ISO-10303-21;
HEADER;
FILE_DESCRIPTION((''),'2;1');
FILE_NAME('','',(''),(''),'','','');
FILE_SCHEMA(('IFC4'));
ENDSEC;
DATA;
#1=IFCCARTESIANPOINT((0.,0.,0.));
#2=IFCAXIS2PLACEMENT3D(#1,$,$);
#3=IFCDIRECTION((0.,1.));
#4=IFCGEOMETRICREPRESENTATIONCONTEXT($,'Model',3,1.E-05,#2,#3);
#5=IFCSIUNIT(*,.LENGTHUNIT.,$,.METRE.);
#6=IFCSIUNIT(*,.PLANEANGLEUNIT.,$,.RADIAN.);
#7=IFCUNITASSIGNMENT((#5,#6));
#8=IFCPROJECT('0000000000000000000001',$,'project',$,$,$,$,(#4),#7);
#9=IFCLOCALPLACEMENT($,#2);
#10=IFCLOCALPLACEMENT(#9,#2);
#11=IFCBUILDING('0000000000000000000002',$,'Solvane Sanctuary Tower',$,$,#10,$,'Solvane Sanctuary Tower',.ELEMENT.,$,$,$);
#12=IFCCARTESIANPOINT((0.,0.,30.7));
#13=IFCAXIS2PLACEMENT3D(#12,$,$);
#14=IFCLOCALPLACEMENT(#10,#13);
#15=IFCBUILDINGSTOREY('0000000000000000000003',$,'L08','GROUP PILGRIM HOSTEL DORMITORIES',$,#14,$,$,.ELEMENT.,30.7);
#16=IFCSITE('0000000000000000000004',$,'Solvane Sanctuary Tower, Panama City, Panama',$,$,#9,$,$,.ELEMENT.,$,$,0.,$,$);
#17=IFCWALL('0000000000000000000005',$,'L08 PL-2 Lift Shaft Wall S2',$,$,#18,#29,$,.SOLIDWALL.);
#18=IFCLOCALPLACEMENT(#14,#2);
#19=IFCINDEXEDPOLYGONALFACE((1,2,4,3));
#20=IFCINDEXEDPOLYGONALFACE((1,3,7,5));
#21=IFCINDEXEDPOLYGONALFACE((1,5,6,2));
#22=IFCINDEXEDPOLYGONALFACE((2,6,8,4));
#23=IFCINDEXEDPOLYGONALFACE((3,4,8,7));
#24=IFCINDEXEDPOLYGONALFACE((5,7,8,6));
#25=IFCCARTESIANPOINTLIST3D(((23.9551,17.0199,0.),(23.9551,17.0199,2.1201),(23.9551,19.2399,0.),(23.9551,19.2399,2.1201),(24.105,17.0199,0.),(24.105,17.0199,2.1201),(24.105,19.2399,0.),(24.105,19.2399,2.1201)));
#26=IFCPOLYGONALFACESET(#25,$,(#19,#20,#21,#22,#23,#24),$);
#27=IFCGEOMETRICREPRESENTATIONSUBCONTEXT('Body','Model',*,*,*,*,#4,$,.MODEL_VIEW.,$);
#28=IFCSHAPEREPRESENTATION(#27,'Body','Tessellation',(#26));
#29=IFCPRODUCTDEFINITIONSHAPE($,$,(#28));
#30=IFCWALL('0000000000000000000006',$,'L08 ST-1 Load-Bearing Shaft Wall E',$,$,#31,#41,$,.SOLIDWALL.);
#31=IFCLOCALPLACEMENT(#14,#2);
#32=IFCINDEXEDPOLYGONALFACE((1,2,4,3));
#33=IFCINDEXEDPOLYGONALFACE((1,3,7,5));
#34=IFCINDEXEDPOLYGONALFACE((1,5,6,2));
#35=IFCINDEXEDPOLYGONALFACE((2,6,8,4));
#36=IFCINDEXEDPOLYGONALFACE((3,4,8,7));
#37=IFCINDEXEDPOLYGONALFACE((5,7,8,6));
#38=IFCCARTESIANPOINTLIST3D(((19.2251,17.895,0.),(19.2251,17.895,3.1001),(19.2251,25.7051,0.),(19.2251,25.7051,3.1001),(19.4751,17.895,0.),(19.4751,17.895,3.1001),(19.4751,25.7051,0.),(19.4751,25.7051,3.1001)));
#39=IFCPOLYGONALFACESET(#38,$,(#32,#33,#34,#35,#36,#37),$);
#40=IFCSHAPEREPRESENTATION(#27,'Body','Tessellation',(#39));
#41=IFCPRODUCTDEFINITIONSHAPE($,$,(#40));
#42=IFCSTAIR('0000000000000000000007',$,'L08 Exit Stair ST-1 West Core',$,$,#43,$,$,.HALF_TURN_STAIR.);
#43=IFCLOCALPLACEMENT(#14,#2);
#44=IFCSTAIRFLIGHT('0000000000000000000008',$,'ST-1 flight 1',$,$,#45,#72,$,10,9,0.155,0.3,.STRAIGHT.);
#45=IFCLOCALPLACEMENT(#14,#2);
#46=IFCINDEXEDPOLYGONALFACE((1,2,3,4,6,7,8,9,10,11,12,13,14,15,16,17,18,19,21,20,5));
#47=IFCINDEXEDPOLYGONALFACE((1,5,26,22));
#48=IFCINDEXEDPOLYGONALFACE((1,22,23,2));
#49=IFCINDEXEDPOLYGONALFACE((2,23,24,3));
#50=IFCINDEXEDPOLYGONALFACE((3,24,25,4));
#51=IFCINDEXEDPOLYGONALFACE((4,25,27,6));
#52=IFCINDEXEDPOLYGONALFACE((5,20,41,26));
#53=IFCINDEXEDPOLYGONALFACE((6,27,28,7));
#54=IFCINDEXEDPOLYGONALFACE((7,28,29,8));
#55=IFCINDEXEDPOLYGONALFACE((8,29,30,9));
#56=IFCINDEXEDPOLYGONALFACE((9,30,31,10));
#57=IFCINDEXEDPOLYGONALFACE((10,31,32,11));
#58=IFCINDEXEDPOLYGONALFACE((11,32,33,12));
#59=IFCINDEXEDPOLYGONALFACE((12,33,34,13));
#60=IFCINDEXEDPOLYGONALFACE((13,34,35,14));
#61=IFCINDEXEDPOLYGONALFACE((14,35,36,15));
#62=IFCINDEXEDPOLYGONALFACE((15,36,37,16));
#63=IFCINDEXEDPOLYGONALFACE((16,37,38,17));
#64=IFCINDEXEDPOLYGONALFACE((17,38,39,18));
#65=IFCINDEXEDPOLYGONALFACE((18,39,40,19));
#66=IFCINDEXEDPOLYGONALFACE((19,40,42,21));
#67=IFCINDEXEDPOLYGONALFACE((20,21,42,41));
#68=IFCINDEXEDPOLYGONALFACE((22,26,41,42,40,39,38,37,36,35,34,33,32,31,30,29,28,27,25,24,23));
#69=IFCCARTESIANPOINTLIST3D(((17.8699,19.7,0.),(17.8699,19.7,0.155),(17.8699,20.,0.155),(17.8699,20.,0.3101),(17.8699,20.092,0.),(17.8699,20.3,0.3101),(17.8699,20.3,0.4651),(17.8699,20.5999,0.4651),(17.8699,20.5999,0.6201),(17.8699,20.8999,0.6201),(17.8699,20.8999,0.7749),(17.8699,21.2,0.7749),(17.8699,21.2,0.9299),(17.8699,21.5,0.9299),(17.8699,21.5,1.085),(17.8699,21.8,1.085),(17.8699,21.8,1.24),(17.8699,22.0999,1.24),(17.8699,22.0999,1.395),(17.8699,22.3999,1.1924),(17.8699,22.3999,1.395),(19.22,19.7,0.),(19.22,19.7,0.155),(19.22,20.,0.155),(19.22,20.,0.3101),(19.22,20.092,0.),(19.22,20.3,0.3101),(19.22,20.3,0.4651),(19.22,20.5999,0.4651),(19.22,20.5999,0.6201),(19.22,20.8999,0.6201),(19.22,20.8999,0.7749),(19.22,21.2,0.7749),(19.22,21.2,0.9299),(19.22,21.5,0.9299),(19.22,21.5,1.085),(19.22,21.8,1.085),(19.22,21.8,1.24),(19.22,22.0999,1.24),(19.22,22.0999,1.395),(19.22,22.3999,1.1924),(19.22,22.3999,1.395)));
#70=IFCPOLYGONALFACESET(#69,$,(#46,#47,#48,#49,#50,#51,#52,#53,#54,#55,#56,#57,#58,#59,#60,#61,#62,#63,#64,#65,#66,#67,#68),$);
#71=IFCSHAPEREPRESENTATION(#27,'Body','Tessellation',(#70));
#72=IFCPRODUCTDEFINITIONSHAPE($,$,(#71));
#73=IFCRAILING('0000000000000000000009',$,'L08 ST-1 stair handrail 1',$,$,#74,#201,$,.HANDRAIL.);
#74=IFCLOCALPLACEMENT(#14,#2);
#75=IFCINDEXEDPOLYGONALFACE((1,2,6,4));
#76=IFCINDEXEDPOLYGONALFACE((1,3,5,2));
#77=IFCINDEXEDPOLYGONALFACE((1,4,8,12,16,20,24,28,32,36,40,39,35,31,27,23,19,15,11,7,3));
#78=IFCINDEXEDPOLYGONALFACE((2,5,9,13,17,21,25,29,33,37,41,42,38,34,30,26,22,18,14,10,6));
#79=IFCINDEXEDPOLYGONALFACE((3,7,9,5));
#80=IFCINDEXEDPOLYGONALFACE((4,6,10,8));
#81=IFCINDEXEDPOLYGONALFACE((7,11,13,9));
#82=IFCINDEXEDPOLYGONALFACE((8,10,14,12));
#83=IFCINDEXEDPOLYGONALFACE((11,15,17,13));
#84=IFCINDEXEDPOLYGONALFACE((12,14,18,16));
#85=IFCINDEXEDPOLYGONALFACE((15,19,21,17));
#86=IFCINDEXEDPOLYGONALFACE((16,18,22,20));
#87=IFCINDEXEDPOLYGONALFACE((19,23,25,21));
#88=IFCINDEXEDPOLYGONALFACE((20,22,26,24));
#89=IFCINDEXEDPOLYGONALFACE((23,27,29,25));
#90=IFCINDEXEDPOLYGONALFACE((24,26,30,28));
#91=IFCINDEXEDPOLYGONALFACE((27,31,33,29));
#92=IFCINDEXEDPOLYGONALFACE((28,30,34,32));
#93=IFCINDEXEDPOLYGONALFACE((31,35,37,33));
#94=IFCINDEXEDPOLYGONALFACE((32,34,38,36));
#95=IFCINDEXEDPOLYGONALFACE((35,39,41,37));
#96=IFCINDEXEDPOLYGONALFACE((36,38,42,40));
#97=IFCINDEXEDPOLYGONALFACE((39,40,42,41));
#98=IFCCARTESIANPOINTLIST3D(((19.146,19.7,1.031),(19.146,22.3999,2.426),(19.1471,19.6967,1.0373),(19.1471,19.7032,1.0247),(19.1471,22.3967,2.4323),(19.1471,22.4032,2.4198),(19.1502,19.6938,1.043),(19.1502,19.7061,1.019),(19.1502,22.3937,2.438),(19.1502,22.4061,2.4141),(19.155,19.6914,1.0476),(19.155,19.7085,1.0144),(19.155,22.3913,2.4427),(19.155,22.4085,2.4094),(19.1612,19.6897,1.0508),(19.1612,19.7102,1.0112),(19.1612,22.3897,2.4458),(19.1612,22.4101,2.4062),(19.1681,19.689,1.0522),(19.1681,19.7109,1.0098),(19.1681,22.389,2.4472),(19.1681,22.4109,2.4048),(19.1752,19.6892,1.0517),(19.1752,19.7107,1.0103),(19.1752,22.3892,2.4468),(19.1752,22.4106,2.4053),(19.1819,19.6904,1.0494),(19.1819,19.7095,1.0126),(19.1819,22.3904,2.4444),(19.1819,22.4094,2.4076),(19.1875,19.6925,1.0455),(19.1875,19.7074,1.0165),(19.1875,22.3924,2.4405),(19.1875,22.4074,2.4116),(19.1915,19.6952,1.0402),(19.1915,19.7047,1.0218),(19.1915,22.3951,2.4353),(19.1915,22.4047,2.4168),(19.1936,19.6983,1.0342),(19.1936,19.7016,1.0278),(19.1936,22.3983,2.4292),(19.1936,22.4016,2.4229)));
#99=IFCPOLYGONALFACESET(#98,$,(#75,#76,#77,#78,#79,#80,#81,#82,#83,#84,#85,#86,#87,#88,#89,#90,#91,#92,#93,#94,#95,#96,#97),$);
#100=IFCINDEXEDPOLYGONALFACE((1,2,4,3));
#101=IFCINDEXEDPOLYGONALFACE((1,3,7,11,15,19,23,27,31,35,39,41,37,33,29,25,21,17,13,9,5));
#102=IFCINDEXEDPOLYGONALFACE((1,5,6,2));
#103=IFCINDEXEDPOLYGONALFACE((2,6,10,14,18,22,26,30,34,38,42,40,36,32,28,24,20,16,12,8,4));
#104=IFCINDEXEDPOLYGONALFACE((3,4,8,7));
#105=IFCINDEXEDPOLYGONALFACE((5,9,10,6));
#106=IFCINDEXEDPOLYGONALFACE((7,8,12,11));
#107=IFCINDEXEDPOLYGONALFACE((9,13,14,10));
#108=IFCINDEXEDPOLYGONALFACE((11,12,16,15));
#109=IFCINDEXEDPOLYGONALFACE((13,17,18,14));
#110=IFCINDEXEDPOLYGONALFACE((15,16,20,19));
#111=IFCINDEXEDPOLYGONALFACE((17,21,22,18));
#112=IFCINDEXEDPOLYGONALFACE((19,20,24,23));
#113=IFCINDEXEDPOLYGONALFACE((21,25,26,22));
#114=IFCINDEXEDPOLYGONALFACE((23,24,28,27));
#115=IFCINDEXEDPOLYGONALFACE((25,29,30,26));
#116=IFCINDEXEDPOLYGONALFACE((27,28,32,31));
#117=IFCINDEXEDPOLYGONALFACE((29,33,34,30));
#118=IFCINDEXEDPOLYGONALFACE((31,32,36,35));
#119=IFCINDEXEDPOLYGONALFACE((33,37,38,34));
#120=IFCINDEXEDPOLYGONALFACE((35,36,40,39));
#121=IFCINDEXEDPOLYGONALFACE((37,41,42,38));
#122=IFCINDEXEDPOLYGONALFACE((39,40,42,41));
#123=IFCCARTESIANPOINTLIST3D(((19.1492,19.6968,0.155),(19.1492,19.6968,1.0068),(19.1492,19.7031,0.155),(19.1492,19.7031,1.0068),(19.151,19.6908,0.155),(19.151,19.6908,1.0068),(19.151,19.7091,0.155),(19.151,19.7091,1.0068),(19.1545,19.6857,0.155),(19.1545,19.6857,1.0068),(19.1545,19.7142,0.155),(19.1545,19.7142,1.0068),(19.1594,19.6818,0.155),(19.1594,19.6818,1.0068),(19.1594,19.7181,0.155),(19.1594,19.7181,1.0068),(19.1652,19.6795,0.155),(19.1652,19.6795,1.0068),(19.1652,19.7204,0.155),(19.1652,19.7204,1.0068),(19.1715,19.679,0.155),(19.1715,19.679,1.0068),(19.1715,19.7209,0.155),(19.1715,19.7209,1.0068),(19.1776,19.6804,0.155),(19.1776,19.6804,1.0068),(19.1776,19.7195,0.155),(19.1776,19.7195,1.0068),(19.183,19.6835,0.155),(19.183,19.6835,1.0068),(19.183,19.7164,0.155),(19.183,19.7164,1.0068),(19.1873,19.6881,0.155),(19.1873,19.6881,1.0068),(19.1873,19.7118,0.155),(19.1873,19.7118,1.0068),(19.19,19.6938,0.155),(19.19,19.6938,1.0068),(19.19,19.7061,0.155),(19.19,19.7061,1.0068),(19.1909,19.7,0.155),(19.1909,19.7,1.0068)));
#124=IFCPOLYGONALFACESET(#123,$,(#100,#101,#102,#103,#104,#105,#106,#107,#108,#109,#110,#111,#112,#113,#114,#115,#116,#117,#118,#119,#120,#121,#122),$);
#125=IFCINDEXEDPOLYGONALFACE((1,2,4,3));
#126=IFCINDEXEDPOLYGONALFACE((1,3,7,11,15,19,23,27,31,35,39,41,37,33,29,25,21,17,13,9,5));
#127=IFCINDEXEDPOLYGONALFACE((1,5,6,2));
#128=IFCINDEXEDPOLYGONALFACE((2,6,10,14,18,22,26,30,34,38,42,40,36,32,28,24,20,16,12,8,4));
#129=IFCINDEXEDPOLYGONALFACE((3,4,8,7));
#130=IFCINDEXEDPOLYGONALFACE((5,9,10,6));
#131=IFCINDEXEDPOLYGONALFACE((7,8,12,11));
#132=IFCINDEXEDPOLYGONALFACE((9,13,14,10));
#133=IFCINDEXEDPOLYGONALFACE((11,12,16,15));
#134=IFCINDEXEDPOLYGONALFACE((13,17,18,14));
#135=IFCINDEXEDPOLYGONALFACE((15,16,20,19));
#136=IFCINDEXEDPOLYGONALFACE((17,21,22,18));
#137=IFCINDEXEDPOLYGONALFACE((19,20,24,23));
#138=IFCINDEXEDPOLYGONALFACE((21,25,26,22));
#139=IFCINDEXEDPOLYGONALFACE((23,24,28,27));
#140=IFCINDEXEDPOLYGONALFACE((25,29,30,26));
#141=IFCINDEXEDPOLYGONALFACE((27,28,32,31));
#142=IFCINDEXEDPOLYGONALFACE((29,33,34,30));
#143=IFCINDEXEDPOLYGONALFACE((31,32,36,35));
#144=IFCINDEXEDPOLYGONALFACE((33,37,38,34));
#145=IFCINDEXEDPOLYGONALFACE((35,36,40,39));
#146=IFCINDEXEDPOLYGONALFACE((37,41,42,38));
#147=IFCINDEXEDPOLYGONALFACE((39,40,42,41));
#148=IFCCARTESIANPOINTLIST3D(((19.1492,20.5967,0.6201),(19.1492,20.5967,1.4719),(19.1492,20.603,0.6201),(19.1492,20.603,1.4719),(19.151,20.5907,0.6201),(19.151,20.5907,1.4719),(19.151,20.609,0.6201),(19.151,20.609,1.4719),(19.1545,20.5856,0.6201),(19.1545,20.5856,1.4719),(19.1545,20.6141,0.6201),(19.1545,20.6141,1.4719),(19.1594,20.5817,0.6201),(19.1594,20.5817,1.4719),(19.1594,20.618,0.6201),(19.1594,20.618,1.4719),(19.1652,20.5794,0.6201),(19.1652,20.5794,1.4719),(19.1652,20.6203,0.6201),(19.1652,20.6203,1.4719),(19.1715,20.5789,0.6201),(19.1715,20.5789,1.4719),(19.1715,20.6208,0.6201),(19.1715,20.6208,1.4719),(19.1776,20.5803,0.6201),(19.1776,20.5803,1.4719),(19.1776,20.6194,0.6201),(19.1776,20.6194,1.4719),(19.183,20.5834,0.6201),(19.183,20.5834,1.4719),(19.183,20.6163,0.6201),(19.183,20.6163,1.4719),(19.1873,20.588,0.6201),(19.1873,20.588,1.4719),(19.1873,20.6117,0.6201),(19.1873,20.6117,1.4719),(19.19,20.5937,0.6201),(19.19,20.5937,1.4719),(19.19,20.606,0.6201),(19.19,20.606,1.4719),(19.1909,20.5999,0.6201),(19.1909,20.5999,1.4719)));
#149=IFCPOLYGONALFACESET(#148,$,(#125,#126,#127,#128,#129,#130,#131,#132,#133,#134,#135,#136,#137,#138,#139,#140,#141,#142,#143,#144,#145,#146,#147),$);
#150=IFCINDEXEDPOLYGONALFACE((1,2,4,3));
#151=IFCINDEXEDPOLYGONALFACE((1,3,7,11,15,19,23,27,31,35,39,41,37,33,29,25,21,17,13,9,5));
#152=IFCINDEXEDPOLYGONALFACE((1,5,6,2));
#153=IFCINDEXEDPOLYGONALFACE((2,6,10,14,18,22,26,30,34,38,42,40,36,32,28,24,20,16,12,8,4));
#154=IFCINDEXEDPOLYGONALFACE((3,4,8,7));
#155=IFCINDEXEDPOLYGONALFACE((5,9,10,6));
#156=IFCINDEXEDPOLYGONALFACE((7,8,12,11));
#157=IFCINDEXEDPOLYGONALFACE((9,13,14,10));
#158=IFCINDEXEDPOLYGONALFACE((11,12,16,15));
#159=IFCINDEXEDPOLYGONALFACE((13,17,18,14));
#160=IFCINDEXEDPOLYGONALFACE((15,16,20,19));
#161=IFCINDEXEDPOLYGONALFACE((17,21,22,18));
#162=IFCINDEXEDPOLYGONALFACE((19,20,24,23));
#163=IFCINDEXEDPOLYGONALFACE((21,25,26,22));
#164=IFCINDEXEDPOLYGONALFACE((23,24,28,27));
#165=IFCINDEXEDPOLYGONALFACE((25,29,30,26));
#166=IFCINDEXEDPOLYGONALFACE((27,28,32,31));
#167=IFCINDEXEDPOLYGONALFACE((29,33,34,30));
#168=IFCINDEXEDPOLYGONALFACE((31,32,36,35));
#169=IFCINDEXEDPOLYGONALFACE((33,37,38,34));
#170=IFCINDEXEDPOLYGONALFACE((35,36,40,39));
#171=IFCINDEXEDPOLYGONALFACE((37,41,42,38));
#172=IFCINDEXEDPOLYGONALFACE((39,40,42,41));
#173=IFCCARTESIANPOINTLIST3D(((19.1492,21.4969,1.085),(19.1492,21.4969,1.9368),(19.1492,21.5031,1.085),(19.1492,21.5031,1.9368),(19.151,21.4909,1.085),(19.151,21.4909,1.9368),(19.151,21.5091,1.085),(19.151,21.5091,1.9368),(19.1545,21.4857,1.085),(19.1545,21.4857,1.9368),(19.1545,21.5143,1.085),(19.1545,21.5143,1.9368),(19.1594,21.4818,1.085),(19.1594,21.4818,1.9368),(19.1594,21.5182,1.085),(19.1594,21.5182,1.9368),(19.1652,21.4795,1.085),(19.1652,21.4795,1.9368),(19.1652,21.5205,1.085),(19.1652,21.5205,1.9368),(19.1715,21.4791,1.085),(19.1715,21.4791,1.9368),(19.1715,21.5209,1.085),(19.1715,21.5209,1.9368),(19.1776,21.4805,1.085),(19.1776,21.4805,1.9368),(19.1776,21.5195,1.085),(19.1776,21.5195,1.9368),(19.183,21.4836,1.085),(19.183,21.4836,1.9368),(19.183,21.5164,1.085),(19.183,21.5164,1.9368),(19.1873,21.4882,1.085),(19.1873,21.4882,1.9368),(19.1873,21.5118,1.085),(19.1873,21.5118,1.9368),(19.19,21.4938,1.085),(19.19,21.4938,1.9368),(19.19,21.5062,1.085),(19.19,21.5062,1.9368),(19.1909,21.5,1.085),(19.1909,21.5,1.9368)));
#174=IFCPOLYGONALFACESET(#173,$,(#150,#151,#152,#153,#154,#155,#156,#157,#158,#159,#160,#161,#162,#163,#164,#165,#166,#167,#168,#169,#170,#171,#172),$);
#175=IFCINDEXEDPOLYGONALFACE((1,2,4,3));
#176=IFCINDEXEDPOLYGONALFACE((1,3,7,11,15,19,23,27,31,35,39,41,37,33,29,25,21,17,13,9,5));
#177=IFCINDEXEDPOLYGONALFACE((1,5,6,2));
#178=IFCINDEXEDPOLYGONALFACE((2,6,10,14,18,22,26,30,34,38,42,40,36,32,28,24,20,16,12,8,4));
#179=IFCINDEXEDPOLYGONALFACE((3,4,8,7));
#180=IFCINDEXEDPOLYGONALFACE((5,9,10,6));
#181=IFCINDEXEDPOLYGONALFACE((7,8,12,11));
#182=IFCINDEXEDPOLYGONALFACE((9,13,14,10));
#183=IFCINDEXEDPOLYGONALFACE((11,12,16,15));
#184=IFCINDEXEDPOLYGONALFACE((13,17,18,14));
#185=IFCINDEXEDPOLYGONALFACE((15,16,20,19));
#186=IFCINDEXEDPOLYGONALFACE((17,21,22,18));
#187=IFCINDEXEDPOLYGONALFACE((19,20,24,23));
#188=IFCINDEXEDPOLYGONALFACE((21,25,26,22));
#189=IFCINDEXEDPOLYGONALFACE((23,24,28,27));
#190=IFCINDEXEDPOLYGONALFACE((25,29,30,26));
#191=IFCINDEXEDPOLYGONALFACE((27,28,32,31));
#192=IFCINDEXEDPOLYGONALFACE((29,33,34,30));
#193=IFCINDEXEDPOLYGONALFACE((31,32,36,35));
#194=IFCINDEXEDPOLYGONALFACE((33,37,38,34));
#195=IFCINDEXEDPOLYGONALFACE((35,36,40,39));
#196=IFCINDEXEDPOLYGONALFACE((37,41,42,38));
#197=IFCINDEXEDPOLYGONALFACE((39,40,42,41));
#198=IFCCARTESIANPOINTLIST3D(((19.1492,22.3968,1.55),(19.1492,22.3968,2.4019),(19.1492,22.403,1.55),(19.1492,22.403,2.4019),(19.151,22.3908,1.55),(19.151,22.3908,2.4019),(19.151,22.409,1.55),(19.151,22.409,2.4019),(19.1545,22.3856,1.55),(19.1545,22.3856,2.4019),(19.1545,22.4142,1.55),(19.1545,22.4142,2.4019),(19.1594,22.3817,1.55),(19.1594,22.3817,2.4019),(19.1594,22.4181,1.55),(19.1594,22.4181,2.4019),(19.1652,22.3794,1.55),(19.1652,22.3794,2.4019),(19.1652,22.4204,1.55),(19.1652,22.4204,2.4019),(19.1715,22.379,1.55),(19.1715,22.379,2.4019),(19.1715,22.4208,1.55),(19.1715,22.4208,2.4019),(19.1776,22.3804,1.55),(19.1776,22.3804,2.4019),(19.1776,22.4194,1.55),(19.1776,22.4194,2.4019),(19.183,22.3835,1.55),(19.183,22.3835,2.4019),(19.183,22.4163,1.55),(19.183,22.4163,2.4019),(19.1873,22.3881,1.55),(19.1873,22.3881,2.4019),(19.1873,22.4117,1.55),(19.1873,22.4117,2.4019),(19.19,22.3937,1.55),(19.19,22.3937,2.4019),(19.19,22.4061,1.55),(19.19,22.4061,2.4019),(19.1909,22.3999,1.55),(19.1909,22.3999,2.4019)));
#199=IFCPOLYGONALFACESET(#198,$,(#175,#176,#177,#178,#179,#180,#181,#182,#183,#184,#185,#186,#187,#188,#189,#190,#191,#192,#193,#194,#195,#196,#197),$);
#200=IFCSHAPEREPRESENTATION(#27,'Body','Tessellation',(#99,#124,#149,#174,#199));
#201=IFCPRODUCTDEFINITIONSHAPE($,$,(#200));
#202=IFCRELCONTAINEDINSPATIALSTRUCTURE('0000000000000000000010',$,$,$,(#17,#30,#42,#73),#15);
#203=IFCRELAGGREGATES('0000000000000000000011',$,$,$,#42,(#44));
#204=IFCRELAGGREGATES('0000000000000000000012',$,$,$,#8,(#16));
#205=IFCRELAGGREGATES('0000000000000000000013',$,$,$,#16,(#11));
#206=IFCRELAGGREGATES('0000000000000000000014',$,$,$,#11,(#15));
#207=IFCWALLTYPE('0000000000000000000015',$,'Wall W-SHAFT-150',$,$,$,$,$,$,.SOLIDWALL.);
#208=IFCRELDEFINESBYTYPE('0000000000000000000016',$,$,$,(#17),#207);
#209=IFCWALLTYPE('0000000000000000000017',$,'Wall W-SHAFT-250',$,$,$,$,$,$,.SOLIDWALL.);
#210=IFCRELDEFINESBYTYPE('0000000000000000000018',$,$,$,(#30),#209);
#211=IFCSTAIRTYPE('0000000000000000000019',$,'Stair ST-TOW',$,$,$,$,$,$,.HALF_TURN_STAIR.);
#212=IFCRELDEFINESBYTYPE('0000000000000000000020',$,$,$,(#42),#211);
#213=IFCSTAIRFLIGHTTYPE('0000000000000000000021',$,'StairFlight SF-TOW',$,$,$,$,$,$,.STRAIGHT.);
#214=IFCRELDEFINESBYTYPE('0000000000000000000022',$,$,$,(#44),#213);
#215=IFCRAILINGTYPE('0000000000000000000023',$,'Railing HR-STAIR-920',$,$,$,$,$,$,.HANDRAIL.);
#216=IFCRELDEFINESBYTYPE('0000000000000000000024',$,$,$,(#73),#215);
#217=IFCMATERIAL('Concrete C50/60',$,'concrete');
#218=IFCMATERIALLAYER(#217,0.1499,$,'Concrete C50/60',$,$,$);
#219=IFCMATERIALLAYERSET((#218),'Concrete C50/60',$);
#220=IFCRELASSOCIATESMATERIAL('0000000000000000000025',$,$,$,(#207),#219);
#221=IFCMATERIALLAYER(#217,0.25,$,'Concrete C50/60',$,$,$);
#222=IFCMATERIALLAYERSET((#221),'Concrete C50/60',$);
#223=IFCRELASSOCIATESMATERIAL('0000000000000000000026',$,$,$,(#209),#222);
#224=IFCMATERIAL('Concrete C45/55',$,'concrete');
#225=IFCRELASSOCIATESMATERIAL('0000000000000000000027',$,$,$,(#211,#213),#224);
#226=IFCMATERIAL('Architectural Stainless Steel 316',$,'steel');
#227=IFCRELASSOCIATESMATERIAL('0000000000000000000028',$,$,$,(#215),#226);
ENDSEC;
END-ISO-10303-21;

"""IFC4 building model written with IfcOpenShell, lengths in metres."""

from ifc_helpers import new_model, si_unit, direction, frame, frame_2d, origin, origin_2d, place, context, subcontext, project, spatial, polyline, rectangle, circle, outline, extrude, material, layer, layer_set, type_object, element, aggregate, save


model = new_model("IFC4")

# Units and contexts
model_context = context("Model", 3, precision=1e-05, world=origin(), true_north=direction((0.0, 1.0)))
body_context = subcontext(model_context, "Body", "Model", "MODEL_VIEW")
ifc_project = project(units=[si_unit("LENGTHUNIT", "METRE"), si_unit("PLANEANGLEUNIT", "RADIAN")], contexts=[model_context])

# Site, building, storey
site_placement = place(None, origin())
site = spatial("IfcSite", under=ifc_project, at=site_placement, Name="Solvane Sanctuary Tower, Panama City, Panama", CompositionType="ELEMENT", RefElevation=0.0)
building_placement = place(site_placement, origin())
building = spatial("IfcBuilding", under=site, at=building_placement, Name="Solvane Sanctuary Tower", LongName="Solvane Sanctuary Tower", CompositionType="ELEMENT")
storey_placement = place(building_placement, frame((0.0, 0.0, 30.7)))
storey = spatial("IfcBuildingStorey", under=building, at=storey_placement, Name="L08", Description="GROUP PILGRIM HOSTEL DORMITORIES", CompositionType="ELEMENT", Elevation=30.7)

# Shared definitions
ifc_material_1 = material(Name="Concrete C50/60", Category="concrete")
ifc_layer_1 = layer(ifc_material_1, 0.1499, Name="Concrete C50/60")
ifc_layer_set_1 = layer_set([ifc_layer_1], Name="Concrete C50/60")
wall_type_1 = type_object("IfcWallType", Name="Wall W-SHAFT-150", PredefinedType="SOLIDWALL", material=ifc_layer_set_1)
ifc_material_2 = material(Name="Architectural Stainless Steel 316", Category="steel")

# Walls
wall_1_placement = place(storey_placement, frame((24.03, 17.02, 0.0), z_axis=(0.0, 0.0, 1.0), x_axis=(0.0, 1.0, 0.0)))
element("IfcWall", 1, at=wall_1_placement, inside=storey, type_object=wall_type_1, Name="L08 PL-2 Lift Shaft Wall S2", PredefinedType="SOLIDWALL", context=body_context, shape_type="SweptSolid", body=[
    extrude(rectangle(XDim=2.22, YDim=0.1499, at=frame_2d((1.1099, 0.0))), origin(), (0.0, 0.0, 1.0), 2.1201),
])
ifc_layer_2 = layer(ifc_material_1, 0.25, Name="Concrete C50/60")
ifc_layer_set_2 = layer_set([ifc_layer_2], Name="Concrete C50/60")
wall_type_2 = type_object("IfcWallType", Name="Wall W-SHAFT-250", PredefinedType="SOLIDWALL", material=ifc_layer_set_2)
wall_2_placement = place(storey_placement, frame((19.3501, 17.895, 0.0), z_axis=(0.0, 0.0, 1.0), x_axis=(0.0, 1.0, 0.0)))
element("IfcWall", 2, at=wall_2_placement, inside=storey, type_object=wall_type_2, Name="L08 ST-1 Load-Bearing Shaft Wall E", PredefinedType="SOLIDWALL", context=body_context, shape_type="SweptSolid", body=[
    extrude(rectangle(XDim=7.8101, YDim=0.25, at=frame_2d((3.905, 0.0))), origin(), (0.0, 0.0, 1.0), 3.1001),
])

# Stair, stair flight
ifc_material_3 = material(Name="Concrete C45/55", Category="concrete")
stair_type = type_object("IfcStairType", Name="Stair ST-TOW", PredefinedType="HALF_TURN_STAIR", material=ifc_material_3)
stair_placement = place(storey_placement, origin())
stair = element("IfcStair", 3, at=stair_placement, inside=storey, type_object=stair_type, Name="L08 Exit Stair ST-1 West Core", PredefinedType="HALF_TURN_STAIR")
stair_flight_type = type_object("IfcStairFlightType", Name="StairFlight SF-TOW", PredefinedType="STRAIGHT", material=ifc_material_3)
stair_flight_placement = place(storey_placement, frame((18.5449, 19.7, 0.0), z_axis=(0.0, 0.0, 1.0), x_axis=(0.0, 1.0, 0.0)))
stair_flight = element("IfcStairFlight", 4, at=stair_flight_placement, type_object=stair_flight_type, Name="ST-1 flight 1", NumberOfRisers=10, NumberOfTreads=9, PredefinedType="STRAIGHT", RiserHeight=0.155, TreadLength=0.3, context=body_context, shape_type="SweptSolid", body=[
    extrude(outline(polyline([(0.0, 0.0), (0.0, 0.155), (0.3, 0.155), (0.3, 0.3101), (0.6001, 0.3101), (0.6001, 0.4651), (0.8999, 0.4651), (0.8999, 0.6201), (1.2, 0.6201), (1.2, 0.7749), (1.5, 0.7749), (1.5, 0.9299), (1.8, 0.9299), (1.8, 1.085), (2.1001, 1.085), (2.1001, 1.24), (2.3999, 1.24), (2.3999, 1.395), (2.7, 1.395), (2.7, 1.55), (2.7, 1.1924), (0.3921, 0.0), (0.0, 0.0)])), frame((0.0, 0.675, 0.0), z_axis=(0.0, -1.0, 0.0), x_axis=(1.0, 0.0, 0.0)), (0.0, 0.0, 1.0), 1.3501),
])
aggregate(stair, [stair_flight])

# Railing
railing_type = type_object("IfcRailingType", Name="Railing HR-STAIR-920", PredefinedType="HANDRAIL", material=ifc_material_2)
railing_placement = place(storey_placement, frame((19.1699, 19.7, 0.155)))
element("IfcRailing", 5, at=railing_placement, inside=storey, type_object=railing_type, Name="L08 ST-1 stair handrail 1", PredefinedType="HANDRAIL", context=body_context, shape_type="SweptSolid", body=[
    extrude(circle(Radius=0.0239, at=origin_2d()), frame((0.0, 0.0, 0.876), z_axis=(0.0, 0.88842, 0.459032), x_axis=(-1.0, 0.0, 0.0)), (0.0, 0.0, 1.0), 3.0391),
    extrude(circle(Radius=0.021, at=origin_2d()), origin(), (0.0, 0.0, 1.0), 0.8518),
    extrude(circle(Radius=0.021, at=origin_2d()), frame((0.0, 0.8999, 0.4651)), (0.0, 0.0, 1.0), 0.8518),
    extrude(circle(Radius=0.021, at=origin_2d()), frame((0.0, 1.8, 0.9299)), (0.0, 0.0, 1.0), 0.8518),
    extrude(circle(Radius=0.021, at=origin_2d()), frame((0.0, 2.7, 1.395)), (0.0, 0.0, 1.0), 0.8518),
])

save(model, "model.ifc")
